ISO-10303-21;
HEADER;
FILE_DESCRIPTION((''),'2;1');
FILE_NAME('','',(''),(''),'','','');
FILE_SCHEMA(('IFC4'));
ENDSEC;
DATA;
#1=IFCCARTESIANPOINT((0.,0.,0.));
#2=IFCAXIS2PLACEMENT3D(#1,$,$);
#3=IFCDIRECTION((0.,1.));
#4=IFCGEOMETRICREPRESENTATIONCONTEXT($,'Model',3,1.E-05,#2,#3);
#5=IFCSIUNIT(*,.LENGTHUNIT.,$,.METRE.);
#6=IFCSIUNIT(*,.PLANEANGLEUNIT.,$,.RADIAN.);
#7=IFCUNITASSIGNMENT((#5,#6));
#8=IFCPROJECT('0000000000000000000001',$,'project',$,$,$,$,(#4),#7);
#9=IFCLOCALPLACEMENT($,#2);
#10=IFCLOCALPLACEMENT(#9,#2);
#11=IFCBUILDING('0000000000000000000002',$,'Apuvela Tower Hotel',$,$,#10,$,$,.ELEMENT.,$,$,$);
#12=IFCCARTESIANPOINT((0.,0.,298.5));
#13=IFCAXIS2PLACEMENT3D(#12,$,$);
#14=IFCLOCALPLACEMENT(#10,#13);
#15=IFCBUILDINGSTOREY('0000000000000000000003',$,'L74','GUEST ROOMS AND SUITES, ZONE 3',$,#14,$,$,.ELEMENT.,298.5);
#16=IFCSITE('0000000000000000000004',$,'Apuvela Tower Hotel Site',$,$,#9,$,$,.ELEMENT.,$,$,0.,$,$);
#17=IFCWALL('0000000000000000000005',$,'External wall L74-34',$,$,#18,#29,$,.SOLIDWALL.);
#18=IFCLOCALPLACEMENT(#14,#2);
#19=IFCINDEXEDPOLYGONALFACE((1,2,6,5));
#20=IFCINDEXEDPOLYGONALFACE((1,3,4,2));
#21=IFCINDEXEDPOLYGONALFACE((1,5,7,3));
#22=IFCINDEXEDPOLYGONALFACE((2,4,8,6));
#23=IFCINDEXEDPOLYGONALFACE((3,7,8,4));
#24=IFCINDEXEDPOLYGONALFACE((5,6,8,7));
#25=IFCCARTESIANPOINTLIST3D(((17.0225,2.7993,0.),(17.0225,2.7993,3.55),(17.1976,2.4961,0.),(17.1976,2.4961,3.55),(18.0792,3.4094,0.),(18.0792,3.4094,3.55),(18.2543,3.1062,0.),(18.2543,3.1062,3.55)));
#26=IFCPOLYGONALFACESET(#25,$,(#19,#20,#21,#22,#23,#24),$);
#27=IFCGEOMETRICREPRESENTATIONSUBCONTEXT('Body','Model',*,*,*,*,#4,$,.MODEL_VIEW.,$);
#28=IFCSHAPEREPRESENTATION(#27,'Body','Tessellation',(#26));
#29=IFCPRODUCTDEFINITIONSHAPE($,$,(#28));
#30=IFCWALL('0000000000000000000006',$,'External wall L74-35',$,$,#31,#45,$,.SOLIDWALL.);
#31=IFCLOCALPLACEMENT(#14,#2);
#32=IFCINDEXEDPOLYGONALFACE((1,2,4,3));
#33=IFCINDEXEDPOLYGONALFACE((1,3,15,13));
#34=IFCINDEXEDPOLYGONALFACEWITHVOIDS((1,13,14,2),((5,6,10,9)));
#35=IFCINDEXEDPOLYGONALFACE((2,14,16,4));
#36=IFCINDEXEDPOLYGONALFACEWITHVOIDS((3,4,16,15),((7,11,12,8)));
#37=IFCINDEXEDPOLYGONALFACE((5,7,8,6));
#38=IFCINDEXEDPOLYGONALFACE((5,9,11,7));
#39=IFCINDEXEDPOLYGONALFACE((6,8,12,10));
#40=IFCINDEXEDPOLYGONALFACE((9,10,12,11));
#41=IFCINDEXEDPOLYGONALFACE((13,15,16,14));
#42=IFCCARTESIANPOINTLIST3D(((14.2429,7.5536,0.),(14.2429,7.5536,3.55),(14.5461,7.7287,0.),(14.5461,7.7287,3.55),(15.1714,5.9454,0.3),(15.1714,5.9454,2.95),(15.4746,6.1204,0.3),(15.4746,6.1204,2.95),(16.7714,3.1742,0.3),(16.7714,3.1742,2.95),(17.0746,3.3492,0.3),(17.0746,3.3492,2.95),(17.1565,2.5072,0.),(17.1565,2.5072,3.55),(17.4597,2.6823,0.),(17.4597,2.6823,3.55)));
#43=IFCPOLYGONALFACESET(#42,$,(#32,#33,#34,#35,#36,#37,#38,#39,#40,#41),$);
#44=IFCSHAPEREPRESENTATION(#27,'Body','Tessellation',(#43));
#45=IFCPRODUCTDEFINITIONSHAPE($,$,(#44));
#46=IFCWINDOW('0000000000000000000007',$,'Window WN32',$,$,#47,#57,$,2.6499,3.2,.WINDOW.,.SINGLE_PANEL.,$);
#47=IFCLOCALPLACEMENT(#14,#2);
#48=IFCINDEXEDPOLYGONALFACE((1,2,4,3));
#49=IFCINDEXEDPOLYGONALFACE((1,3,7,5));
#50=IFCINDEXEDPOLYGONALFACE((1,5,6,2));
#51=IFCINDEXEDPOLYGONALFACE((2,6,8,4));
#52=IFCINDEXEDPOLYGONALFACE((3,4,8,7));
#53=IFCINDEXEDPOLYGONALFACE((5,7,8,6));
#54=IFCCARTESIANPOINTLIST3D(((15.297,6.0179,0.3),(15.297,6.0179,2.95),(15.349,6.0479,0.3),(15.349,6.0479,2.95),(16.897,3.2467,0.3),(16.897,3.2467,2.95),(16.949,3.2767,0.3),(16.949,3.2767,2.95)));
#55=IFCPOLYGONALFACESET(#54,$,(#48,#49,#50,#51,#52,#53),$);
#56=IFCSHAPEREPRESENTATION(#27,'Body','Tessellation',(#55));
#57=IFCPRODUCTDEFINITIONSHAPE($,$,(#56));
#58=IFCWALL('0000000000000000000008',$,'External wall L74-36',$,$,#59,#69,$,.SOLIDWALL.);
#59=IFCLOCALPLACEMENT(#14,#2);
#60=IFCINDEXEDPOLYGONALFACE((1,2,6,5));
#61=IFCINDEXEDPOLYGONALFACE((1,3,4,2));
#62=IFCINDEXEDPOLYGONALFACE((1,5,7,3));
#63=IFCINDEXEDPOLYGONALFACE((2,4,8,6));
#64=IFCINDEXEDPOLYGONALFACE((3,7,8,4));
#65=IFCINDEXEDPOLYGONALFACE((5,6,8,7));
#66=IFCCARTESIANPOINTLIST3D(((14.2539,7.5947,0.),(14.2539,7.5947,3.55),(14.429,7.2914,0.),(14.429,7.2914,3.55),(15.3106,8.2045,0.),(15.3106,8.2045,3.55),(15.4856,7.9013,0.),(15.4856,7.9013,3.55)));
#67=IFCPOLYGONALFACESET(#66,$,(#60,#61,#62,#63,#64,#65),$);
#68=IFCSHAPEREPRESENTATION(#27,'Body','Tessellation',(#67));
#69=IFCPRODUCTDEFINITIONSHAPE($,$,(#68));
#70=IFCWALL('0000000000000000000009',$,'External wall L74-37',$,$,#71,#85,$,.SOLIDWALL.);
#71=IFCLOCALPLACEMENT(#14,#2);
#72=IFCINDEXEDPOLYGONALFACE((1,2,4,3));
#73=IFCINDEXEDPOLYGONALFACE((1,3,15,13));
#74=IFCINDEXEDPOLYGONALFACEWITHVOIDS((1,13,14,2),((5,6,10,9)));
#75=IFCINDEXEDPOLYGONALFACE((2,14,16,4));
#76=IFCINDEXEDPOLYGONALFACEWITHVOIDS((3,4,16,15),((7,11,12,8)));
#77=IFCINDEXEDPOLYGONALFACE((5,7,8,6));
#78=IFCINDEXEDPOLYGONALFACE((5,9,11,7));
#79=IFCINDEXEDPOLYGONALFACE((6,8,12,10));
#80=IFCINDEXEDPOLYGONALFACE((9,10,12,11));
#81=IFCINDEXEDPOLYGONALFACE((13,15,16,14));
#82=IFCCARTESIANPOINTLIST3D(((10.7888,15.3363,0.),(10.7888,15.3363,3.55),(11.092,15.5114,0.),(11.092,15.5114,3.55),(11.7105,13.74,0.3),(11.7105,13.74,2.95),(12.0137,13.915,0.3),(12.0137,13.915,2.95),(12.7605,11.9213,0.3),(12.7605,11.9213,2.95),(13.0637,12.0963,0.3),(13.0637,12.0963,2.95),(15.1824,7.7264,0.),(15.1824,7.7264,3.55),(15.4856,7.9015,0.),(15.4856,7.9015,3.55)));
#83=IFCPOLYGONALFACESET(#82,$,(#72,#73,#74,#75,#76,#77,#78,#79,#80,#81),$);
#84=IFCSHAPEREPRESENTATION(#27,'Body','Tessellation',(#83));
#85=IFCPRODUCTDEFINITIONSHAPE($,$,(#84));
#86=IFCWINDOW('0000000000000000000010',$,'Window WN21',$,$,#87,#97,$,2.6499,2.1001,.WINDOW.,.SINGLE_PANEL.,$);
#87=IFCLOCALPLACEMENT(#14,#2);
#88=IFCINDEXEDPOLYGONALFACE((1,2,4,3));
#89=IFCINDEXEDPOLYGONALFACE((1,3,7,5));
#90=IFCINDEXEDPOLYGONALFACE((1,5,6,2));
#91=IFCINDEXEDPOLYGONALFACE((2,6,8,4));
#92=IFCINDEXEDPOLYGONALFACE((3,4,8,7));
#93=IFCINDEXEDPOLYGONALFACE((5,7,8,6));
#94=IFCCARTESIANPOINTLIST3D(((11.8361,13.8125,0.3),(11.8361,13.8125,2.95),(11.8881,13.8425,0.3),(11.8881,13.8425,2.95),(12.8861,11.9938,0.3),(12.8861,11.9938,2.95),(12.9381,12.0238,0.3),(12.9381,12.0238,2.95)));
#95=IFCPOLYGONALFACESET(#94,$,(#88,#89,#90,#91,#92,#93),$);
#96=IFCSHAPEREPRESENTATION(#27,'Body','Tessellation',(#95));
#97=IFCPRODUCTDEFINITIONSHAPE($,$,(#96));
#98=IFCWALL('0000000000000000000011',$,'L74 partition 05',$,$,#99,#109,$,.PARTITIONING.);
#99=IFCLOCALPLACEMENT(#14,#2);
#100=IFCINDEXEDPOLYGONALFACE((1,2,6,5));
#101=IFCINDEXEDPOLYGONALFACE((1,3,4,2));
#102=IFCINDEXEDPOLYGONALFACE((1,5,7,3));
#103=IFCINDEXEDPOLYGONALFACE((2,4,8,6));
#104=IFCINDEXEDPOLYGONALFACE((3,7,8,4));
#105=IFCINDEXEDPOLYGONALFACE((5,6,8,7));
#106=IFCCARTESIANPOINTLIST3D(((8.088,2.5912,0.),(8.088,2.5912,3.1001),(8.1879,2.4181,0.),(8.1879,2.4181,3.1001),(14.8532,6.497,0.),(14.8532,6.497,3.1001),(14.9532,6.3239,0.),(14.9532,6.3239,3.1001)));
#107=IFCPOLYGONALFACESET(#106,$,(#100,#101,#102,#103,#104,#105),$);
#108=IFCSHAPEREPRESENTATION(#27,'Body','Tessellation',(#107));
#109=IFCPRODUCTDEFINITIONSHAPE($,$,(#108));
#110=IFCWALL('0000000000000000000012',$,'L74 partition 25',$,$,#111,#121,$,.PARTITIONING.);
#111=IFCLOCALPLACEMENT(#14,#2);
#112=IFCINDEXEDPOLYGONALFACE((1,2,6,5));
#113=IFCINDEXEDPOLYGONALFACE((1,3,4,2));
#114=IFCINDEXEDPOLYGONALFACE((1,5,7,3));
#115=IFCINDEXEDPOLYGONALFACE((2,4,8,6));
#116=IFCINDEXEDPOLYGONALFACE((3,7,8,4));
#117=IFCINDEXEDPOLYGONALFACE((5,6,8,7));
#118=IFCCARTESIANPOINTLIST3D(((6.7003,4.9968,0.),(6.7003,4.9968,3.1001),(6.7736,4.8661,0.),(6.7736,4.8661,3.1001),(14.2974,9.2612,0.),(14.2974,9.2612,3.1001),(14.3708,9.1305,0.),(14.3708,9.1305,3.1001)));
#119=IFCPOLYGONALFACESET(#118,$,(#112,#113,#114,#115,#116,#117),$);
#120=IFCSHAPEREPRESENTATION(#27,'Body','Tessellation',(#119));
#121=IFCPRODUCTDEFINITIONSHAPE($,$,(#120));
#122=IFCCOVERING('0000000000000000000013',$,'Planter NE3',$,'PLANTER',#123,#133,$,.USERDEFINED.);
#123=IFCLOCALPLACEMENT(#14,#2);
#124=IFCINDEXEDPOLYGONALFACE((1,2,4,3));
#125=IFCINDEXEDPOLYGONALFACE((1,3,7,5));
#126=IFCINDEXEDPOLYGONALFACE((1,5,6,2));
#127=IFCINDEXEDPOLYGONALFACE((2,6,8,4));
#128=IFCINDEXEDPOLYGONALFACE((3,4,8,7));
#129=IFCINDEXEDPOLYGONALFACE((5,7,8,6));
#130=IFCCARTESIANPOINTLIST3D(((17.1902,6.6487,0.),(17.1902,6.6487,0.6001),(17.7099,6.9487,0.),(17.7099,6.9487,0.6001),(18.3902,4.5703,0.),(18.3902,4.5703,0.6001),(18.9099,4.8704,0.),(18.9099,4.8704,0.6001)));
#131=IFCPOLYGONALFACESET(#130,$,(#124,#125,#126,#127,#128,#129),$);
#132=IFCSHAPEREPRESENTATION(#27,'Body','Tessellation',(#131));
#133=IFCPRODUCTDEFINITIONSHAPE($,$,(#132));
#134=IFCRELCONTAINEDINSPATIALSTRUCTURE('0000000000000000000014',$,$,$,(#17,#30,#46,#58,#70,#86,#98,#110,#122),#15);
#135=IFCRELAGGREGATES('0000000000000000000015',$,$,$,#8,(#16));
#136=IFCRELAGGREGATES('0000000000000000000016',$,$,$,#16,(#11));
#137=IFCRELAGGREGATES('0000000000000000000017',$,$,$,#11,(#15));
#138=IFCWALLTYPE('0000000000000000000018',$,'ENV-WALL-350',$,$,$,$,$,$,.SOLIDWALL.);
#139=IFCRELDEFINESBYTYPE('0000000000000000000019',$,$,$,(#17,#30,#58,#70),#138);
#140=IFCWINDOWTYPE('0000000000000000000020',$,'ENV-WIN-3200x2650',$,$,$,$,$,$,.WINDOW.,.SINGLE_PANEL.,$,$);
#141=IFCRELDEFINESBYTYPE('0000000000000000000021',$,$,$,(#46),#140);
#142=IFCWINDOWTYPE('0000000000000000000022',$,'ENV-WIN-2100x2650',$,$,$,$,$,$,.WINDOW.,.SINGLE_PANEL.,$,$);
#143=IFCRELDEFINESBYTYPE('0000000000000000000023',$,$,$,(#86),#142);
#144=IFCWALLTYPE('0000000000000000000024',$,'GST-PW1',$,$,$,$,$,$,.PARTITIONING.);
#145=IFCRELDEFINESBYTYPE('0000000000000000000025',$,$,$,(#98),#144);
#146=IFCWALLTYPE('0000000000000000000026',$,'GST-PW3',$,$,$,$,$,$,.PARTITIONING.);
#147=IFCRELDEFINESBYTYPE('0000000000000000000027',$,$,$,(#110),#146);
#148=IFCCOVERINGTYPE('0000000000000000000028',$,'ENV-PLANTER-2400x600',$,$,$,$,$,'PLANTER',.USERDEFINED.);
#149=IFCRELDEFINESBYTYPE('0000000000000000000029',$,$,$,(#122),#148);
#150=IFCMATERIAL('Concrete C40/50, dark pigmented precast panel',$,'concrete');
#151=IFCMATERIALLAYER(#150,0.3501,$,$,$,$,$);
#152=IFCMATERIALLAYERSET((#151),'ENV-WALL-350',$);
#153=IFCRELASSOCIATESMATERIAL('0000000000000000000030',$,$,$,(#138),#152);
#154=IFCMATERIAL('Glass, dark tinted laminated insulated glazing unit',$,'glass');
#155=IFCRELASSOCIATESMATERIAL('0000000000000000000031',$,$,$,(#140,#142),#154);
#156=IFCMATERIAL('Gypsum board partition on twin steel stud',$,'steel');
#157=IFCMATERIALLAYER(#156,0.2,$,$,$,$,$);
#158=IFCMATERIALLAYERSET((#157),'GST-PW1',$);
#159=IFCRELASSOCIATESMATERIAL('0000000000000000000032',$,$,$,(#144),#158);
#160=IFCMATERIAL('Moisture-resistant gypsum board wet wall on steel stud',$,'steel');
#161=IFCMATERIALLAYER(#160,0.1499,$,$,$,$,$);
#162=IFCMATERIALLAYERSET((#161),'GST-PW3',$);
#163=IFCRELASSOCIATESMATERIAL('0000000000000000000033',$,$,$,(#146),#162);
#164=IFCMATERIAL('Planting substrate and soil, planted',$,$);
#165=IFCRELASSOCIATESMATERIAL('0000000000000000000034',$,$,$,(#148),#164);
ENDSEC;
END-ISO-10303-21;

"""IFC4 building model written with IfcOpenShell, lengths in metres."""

from ifc_helpers import new_model, si_unit, direction, frame, frame_2d, origin, origin_2d, place, context, subcontext, project, spatial, rectangle, extrude, material, layer, layer_set, type_object, element, fill, save


model = new_model("IFC4")

# Units and contexts
model_context = context("Model", 3, precision=1e-05, world=origin(), true_north=direction((0.0, 1.0)))
body_context = subcontext(model_context, "Body", "Model", "MODEL_VIEW")
ifc_project = project(units=[si_unit("LENGTHUNIT", "METRE"), si_unit("PLANEANGLEUNIT", "RADIAN")], contexts=[model_context])

# Site, building, storey
site_placement = place(None, origin())
site = spatial("IfcSite", under=ifc_project, at=site_placement, Name="Apuvela Tower Hotel Site", CompositionType="ELEMENT", RefElevation=0.0)
building_placement = place(site_placement, origin())
building = spatial("IfcBuilding", under=site, at=building_placement, Name="Apuvela Tower Hotel", CompositionType="ELEMENT")
storey_placement = place(building_placement, frame((0.0, 0.0, 298.5)))
storey = spatial("IfcBuildingStorey", under=building, at=storey_placement, Name="L74", Description="GUEST ROOMS AND SUITES, ZONE 3", CompositionType="ELEMENT", Elevation=298.5)

# Wall
ifc_material_1 = material(Name="Concrete C40/50, dark pigmented precast panel", Category="concrete")
ifc_layer_1 = layer(ifc_material_1, 0.3501)
ifc_layer_set_1 = layer_set([ifc_layer_1], Name="ENV-WALL-350")
wall_type_1 = type_object("IfcWallType", Name="ENV-WALL-350", PredefinedType="SOLIDWALL", material=ifc_layer_set_1)
wall_1_placement = place(storey_placement, frame((18.1667, 3.2578, 0.0), z_axis=(0.0, 0.0, 1.0), x_axis=(-0.866006, -0.500034, 0.0)))
element("IfcWall", 1, at=wall_1_placement, inside=storey, type_object=wall_type_1, Name="External wall L74-34", PredefinedType="SOLIDWALL", context=body_context, shape_type="SweptSolid", body=[
    extrude(rectangle(XDim=1.2202, YDim=0.3501, at=frame_2d((0.6101, 0.0))), origin(), (0.0, 0.0, 1.0), 3.55),
])

# Wall, opening, window
wall_2_placement = place(storey_placement, frame((17.3081, 2.5947, 0.0), z_axis=(0.0, 0.0, 1.0), x_axis=(-0.500005, 0.866022, 0.0)))
wall_2 = element("IfcWall", 2, at=wall_2_placement, inside=storey, type_object=wall_type_1, Name="External wall L74-35", PredefinedType="SOLIDWALL", context=body_context, shape_type="SweptSolid", body=[
    extrude(rectangle(XDim=5.8271, YDim=0.3501, at=frame_2d((2.9136, 0.0))), origin(), (0.0, 0.0, 1.0), 3.55),
])
opening_1_placement = place(wall_2_placement, frame((0.77, 0.0, 0.3)))
opening_1 = element("IfcOpeningElement", 3, at=opening_1_placement, cuts=wall_2, PredefinedType="OPENING", context=body_context, shape_type="SweptSolid", body=[
    extrude(rectangle(XDim=3.2, YDim=2.6499, at=frame_2d((1.6001, 1.325))), frame((0.0, 0.1851, 0.0), z_axis=(0.0, -1.0, 0.0), x_axis=(1.0, 0.0, 0.0)), (0.0, 0.0, 1.0), 0.3701),
])
ifc_material_2 = material(Name="Glass, dark tinted laminated insulated glazing unit", Category="glass")
window_type_1 = type_object("IfcWindowType", Name="ENV-WIN-3200x2650", PartitioningType="SINGLE_PANEL", PredefinedType="WINDOW", material=ifc_material_2)
window_1_placement = place(opening_1_placement, origin())
window_1 = element("IfcWindow", 4, at=window_1_placement, inside=storey, type_object=window_type_1, Name="Window WN32", OverallHeight=2.6499, OverallWidth=3.2, PartitioningType="SINGLE_PANEL", PredefinedType="WINDOW", context=body_context, shape_type="SweptSolid", body=[
    extrude(rectangle(XDim=3.2, YDim=2.6499, at=frame_2d((1.6001, 1.325))), frame((0.0, 0.03, 0.0), z_axis=(0.0, -1.0, 0.0), x_axis=(1.0, 0.0, 0.0)), (0.0, 0.0, 1.0), 0.0601),
])
fill(opening_1, window_1)

# Wall
wall_3_placement = place(storey_placement, frame((14.3416, 7.4431, 0.0), z_axis=(0.0, 0.0, 1.0), x_axis=(0.866092, 0.499884, 0.0)))
element("IfcWall", 5, at=wall_3_placement, inside=storey, type_object=wall_type_1, Name="External wall L74-36", PredefinedType="SOLIDWALL", context=body_context, shape_type="SweptSolid", body=[
    extrude(rectangle(XDim=1.22, YDim=0.3501, at=frame_2d((0.6099, 0.0))), origin(), (0.0, 0.0, 1.0), 3.55),
])

# Wall, opening, window
wall_4_placement = place(storey_placement, frame((15.334, 7.814, 0.0), z_axis=(0.0, 0.0, 1.0), x_axis=(-0.5, 0.866025, 0.0)))
wall_4 = element("IfcWall", 6, at=wall_4_placement, inside=storey, type_object=wall_type_1, Name="External wall L74-37", PredefinedType="SOLIDWALL", context=body_context, shape_type="SweptSolid", body=[
    extrude(rectangle(XDim=8.7871, YDim=0.3501, at=frame_2d((4.3936, 0.0))), origin(), (0.0, 0.0, 1.0), 3.55),
])
opening_2_placement = place(wall_4_placement, frame((4.8438, 0.0, 0.3)))
opening_2 = element("IfcOpeningElement", 7, at=opening_2_placement, cuts=wall_4, PredefinedType="OPENING", context=body_context, shape_type="SweptSolid", body=[
    extrude(rectangle(XDim=2.1001, YDim=2.6499, at=frame_2d((1.05, 1.325))), frame((0.0, 0.1851, 0.0), z_axis=(0.0, -1.0, 0.0), x_axis=(1.0, 0.0, 0.0)), (0.0, 0.0, 1.0), 0.3701),
])
window_type_2 = type_object("IfcWindowType", Name="ENV-WIN-2100x2650", PartitioningType="SINGLE_PANEL", PredefinedType="WINDOW", material=ifc_material_2)
window_2_placement = place(opening_2_placement, origin())
window_2 = element("IfcWindow", 8, at=window_2_placement, inside=storey, type_object=window_type_2, Name="Window WN21", OverallHeight=2.6499, OverallWidth=2.1001, PartitioningType="SINGLE_PANEL", PredefinedType="WINDOW", context=body_context, shape_type="SweptSolid", body=[
    extrude(rectangle(XDim=2.1001, YDim=2.6499, at=frame_2d((1.05, 1.325))), frame((0.0, 0.03, 0.0), z_axis=(0.0, -1.0, 0.0), x_axis=(1.0, 0.0, 0.0)), (0.0, 0.0, 1.0), 0.0601),
])
fill(opening_2, window_2)

# Walls
ifc_material_3 = material(Name="Gypsum board partition on twin steel stud", Category="steel")
ifc_layer_2 = layer(ifc_material_3, 0.2)
ifc_layer_set_2 = layer_set([ifc_layer_2], Name="GST-PW1")
wall_type_2 = type_object("IfcWallType", Name="GST-PW1", PredefinedType="PARTITIONING", material=ifc_layer_set_2)
wall_5_placement = place(storey_placement, frame((14.9031, 6.4104, 0.0), z_axis=(0.0, 0.0, 1.0), x_axis=(-0.86603, -0.499991, 0.0)))
element("IfcWall", 9, at=wall_5_placement, inside=storey, type_object=wall_type_2, Name="L74 partition 05", PredefinedType="PARTITIONING", context=body_context, shape_type="SweptSolid", body=[
    extrude(rectangle(XDim=7.8118, YDim=0.2, at=frame_2d((3.9058, 0.0))), origin(), (0.0, 0.0, 1.0), 3.1001),
])
ifc_material_4 = material(Name="Moisture-resistant gypsum board wet wall on steel stud", Category="steel")
ifc_layer_3 = layer(ifc_material_4, 0.1499)
ifc_layer_set_3 = layer_set([ifc_layer_3], Name="GST-PW3")
wall_type_3 = type_object("IfcWallType", Name="GST-PW3", PredefinedType="PARTITIONING", material=ifc_layer_set_3)
wall_6_placement = place(storey_placement, frame((14.334, 9.1958, 0.0), z_axis=(0.0, 0.0, 1.0), x_axis=(-0.872017, -0.489476, 0.0)))
element("IfcWall", 10, at=wall_6_placement, inside=storey, type_object=wall_type_3, Name="L74 partition 25", PredefinedType="PARTITIONING", context=body_context, shape_type="SweptSolid", body=[
    extrude(rectangle(XDim=8.7122, YDim=0.1499, at=frame_2d((4.356, 0.0))), origin(), (0.0, 0.0, 1.0), 3.1001),
])

# Covering
ifc_material_5 = material(Name="Planting substrate and soil, planted")
covering_type = type_object("IfcCoveringType", Name="ENV-PLANTER-2400x600", ElementType="PLANTER", PredefinedType="USERDEFINED", material=ifc_material_5)
covering_placement = place(storey_placement, frame((18.05, 5.7595, 0.0), z_axis=(0.0, 0.0, 1.0), x_axis=(-0.5, 0.866025, 0.0)))
element("IfcCovering", 11, at=covering_placement, inside=storey, type_object=covering_type, Name="Planter NE3", ObjectType="PLANTER", PredefinedType="USERDEFINED", context=body_context, shape_type="SweptSolid", body=[
    extrude(rectangle(XDim=2.3999, YDim=0.6001, at=origin_2d()), origin(), (0.0, 0.0, 1.0), 0.6001),
])

save(model, "model.ifc")
